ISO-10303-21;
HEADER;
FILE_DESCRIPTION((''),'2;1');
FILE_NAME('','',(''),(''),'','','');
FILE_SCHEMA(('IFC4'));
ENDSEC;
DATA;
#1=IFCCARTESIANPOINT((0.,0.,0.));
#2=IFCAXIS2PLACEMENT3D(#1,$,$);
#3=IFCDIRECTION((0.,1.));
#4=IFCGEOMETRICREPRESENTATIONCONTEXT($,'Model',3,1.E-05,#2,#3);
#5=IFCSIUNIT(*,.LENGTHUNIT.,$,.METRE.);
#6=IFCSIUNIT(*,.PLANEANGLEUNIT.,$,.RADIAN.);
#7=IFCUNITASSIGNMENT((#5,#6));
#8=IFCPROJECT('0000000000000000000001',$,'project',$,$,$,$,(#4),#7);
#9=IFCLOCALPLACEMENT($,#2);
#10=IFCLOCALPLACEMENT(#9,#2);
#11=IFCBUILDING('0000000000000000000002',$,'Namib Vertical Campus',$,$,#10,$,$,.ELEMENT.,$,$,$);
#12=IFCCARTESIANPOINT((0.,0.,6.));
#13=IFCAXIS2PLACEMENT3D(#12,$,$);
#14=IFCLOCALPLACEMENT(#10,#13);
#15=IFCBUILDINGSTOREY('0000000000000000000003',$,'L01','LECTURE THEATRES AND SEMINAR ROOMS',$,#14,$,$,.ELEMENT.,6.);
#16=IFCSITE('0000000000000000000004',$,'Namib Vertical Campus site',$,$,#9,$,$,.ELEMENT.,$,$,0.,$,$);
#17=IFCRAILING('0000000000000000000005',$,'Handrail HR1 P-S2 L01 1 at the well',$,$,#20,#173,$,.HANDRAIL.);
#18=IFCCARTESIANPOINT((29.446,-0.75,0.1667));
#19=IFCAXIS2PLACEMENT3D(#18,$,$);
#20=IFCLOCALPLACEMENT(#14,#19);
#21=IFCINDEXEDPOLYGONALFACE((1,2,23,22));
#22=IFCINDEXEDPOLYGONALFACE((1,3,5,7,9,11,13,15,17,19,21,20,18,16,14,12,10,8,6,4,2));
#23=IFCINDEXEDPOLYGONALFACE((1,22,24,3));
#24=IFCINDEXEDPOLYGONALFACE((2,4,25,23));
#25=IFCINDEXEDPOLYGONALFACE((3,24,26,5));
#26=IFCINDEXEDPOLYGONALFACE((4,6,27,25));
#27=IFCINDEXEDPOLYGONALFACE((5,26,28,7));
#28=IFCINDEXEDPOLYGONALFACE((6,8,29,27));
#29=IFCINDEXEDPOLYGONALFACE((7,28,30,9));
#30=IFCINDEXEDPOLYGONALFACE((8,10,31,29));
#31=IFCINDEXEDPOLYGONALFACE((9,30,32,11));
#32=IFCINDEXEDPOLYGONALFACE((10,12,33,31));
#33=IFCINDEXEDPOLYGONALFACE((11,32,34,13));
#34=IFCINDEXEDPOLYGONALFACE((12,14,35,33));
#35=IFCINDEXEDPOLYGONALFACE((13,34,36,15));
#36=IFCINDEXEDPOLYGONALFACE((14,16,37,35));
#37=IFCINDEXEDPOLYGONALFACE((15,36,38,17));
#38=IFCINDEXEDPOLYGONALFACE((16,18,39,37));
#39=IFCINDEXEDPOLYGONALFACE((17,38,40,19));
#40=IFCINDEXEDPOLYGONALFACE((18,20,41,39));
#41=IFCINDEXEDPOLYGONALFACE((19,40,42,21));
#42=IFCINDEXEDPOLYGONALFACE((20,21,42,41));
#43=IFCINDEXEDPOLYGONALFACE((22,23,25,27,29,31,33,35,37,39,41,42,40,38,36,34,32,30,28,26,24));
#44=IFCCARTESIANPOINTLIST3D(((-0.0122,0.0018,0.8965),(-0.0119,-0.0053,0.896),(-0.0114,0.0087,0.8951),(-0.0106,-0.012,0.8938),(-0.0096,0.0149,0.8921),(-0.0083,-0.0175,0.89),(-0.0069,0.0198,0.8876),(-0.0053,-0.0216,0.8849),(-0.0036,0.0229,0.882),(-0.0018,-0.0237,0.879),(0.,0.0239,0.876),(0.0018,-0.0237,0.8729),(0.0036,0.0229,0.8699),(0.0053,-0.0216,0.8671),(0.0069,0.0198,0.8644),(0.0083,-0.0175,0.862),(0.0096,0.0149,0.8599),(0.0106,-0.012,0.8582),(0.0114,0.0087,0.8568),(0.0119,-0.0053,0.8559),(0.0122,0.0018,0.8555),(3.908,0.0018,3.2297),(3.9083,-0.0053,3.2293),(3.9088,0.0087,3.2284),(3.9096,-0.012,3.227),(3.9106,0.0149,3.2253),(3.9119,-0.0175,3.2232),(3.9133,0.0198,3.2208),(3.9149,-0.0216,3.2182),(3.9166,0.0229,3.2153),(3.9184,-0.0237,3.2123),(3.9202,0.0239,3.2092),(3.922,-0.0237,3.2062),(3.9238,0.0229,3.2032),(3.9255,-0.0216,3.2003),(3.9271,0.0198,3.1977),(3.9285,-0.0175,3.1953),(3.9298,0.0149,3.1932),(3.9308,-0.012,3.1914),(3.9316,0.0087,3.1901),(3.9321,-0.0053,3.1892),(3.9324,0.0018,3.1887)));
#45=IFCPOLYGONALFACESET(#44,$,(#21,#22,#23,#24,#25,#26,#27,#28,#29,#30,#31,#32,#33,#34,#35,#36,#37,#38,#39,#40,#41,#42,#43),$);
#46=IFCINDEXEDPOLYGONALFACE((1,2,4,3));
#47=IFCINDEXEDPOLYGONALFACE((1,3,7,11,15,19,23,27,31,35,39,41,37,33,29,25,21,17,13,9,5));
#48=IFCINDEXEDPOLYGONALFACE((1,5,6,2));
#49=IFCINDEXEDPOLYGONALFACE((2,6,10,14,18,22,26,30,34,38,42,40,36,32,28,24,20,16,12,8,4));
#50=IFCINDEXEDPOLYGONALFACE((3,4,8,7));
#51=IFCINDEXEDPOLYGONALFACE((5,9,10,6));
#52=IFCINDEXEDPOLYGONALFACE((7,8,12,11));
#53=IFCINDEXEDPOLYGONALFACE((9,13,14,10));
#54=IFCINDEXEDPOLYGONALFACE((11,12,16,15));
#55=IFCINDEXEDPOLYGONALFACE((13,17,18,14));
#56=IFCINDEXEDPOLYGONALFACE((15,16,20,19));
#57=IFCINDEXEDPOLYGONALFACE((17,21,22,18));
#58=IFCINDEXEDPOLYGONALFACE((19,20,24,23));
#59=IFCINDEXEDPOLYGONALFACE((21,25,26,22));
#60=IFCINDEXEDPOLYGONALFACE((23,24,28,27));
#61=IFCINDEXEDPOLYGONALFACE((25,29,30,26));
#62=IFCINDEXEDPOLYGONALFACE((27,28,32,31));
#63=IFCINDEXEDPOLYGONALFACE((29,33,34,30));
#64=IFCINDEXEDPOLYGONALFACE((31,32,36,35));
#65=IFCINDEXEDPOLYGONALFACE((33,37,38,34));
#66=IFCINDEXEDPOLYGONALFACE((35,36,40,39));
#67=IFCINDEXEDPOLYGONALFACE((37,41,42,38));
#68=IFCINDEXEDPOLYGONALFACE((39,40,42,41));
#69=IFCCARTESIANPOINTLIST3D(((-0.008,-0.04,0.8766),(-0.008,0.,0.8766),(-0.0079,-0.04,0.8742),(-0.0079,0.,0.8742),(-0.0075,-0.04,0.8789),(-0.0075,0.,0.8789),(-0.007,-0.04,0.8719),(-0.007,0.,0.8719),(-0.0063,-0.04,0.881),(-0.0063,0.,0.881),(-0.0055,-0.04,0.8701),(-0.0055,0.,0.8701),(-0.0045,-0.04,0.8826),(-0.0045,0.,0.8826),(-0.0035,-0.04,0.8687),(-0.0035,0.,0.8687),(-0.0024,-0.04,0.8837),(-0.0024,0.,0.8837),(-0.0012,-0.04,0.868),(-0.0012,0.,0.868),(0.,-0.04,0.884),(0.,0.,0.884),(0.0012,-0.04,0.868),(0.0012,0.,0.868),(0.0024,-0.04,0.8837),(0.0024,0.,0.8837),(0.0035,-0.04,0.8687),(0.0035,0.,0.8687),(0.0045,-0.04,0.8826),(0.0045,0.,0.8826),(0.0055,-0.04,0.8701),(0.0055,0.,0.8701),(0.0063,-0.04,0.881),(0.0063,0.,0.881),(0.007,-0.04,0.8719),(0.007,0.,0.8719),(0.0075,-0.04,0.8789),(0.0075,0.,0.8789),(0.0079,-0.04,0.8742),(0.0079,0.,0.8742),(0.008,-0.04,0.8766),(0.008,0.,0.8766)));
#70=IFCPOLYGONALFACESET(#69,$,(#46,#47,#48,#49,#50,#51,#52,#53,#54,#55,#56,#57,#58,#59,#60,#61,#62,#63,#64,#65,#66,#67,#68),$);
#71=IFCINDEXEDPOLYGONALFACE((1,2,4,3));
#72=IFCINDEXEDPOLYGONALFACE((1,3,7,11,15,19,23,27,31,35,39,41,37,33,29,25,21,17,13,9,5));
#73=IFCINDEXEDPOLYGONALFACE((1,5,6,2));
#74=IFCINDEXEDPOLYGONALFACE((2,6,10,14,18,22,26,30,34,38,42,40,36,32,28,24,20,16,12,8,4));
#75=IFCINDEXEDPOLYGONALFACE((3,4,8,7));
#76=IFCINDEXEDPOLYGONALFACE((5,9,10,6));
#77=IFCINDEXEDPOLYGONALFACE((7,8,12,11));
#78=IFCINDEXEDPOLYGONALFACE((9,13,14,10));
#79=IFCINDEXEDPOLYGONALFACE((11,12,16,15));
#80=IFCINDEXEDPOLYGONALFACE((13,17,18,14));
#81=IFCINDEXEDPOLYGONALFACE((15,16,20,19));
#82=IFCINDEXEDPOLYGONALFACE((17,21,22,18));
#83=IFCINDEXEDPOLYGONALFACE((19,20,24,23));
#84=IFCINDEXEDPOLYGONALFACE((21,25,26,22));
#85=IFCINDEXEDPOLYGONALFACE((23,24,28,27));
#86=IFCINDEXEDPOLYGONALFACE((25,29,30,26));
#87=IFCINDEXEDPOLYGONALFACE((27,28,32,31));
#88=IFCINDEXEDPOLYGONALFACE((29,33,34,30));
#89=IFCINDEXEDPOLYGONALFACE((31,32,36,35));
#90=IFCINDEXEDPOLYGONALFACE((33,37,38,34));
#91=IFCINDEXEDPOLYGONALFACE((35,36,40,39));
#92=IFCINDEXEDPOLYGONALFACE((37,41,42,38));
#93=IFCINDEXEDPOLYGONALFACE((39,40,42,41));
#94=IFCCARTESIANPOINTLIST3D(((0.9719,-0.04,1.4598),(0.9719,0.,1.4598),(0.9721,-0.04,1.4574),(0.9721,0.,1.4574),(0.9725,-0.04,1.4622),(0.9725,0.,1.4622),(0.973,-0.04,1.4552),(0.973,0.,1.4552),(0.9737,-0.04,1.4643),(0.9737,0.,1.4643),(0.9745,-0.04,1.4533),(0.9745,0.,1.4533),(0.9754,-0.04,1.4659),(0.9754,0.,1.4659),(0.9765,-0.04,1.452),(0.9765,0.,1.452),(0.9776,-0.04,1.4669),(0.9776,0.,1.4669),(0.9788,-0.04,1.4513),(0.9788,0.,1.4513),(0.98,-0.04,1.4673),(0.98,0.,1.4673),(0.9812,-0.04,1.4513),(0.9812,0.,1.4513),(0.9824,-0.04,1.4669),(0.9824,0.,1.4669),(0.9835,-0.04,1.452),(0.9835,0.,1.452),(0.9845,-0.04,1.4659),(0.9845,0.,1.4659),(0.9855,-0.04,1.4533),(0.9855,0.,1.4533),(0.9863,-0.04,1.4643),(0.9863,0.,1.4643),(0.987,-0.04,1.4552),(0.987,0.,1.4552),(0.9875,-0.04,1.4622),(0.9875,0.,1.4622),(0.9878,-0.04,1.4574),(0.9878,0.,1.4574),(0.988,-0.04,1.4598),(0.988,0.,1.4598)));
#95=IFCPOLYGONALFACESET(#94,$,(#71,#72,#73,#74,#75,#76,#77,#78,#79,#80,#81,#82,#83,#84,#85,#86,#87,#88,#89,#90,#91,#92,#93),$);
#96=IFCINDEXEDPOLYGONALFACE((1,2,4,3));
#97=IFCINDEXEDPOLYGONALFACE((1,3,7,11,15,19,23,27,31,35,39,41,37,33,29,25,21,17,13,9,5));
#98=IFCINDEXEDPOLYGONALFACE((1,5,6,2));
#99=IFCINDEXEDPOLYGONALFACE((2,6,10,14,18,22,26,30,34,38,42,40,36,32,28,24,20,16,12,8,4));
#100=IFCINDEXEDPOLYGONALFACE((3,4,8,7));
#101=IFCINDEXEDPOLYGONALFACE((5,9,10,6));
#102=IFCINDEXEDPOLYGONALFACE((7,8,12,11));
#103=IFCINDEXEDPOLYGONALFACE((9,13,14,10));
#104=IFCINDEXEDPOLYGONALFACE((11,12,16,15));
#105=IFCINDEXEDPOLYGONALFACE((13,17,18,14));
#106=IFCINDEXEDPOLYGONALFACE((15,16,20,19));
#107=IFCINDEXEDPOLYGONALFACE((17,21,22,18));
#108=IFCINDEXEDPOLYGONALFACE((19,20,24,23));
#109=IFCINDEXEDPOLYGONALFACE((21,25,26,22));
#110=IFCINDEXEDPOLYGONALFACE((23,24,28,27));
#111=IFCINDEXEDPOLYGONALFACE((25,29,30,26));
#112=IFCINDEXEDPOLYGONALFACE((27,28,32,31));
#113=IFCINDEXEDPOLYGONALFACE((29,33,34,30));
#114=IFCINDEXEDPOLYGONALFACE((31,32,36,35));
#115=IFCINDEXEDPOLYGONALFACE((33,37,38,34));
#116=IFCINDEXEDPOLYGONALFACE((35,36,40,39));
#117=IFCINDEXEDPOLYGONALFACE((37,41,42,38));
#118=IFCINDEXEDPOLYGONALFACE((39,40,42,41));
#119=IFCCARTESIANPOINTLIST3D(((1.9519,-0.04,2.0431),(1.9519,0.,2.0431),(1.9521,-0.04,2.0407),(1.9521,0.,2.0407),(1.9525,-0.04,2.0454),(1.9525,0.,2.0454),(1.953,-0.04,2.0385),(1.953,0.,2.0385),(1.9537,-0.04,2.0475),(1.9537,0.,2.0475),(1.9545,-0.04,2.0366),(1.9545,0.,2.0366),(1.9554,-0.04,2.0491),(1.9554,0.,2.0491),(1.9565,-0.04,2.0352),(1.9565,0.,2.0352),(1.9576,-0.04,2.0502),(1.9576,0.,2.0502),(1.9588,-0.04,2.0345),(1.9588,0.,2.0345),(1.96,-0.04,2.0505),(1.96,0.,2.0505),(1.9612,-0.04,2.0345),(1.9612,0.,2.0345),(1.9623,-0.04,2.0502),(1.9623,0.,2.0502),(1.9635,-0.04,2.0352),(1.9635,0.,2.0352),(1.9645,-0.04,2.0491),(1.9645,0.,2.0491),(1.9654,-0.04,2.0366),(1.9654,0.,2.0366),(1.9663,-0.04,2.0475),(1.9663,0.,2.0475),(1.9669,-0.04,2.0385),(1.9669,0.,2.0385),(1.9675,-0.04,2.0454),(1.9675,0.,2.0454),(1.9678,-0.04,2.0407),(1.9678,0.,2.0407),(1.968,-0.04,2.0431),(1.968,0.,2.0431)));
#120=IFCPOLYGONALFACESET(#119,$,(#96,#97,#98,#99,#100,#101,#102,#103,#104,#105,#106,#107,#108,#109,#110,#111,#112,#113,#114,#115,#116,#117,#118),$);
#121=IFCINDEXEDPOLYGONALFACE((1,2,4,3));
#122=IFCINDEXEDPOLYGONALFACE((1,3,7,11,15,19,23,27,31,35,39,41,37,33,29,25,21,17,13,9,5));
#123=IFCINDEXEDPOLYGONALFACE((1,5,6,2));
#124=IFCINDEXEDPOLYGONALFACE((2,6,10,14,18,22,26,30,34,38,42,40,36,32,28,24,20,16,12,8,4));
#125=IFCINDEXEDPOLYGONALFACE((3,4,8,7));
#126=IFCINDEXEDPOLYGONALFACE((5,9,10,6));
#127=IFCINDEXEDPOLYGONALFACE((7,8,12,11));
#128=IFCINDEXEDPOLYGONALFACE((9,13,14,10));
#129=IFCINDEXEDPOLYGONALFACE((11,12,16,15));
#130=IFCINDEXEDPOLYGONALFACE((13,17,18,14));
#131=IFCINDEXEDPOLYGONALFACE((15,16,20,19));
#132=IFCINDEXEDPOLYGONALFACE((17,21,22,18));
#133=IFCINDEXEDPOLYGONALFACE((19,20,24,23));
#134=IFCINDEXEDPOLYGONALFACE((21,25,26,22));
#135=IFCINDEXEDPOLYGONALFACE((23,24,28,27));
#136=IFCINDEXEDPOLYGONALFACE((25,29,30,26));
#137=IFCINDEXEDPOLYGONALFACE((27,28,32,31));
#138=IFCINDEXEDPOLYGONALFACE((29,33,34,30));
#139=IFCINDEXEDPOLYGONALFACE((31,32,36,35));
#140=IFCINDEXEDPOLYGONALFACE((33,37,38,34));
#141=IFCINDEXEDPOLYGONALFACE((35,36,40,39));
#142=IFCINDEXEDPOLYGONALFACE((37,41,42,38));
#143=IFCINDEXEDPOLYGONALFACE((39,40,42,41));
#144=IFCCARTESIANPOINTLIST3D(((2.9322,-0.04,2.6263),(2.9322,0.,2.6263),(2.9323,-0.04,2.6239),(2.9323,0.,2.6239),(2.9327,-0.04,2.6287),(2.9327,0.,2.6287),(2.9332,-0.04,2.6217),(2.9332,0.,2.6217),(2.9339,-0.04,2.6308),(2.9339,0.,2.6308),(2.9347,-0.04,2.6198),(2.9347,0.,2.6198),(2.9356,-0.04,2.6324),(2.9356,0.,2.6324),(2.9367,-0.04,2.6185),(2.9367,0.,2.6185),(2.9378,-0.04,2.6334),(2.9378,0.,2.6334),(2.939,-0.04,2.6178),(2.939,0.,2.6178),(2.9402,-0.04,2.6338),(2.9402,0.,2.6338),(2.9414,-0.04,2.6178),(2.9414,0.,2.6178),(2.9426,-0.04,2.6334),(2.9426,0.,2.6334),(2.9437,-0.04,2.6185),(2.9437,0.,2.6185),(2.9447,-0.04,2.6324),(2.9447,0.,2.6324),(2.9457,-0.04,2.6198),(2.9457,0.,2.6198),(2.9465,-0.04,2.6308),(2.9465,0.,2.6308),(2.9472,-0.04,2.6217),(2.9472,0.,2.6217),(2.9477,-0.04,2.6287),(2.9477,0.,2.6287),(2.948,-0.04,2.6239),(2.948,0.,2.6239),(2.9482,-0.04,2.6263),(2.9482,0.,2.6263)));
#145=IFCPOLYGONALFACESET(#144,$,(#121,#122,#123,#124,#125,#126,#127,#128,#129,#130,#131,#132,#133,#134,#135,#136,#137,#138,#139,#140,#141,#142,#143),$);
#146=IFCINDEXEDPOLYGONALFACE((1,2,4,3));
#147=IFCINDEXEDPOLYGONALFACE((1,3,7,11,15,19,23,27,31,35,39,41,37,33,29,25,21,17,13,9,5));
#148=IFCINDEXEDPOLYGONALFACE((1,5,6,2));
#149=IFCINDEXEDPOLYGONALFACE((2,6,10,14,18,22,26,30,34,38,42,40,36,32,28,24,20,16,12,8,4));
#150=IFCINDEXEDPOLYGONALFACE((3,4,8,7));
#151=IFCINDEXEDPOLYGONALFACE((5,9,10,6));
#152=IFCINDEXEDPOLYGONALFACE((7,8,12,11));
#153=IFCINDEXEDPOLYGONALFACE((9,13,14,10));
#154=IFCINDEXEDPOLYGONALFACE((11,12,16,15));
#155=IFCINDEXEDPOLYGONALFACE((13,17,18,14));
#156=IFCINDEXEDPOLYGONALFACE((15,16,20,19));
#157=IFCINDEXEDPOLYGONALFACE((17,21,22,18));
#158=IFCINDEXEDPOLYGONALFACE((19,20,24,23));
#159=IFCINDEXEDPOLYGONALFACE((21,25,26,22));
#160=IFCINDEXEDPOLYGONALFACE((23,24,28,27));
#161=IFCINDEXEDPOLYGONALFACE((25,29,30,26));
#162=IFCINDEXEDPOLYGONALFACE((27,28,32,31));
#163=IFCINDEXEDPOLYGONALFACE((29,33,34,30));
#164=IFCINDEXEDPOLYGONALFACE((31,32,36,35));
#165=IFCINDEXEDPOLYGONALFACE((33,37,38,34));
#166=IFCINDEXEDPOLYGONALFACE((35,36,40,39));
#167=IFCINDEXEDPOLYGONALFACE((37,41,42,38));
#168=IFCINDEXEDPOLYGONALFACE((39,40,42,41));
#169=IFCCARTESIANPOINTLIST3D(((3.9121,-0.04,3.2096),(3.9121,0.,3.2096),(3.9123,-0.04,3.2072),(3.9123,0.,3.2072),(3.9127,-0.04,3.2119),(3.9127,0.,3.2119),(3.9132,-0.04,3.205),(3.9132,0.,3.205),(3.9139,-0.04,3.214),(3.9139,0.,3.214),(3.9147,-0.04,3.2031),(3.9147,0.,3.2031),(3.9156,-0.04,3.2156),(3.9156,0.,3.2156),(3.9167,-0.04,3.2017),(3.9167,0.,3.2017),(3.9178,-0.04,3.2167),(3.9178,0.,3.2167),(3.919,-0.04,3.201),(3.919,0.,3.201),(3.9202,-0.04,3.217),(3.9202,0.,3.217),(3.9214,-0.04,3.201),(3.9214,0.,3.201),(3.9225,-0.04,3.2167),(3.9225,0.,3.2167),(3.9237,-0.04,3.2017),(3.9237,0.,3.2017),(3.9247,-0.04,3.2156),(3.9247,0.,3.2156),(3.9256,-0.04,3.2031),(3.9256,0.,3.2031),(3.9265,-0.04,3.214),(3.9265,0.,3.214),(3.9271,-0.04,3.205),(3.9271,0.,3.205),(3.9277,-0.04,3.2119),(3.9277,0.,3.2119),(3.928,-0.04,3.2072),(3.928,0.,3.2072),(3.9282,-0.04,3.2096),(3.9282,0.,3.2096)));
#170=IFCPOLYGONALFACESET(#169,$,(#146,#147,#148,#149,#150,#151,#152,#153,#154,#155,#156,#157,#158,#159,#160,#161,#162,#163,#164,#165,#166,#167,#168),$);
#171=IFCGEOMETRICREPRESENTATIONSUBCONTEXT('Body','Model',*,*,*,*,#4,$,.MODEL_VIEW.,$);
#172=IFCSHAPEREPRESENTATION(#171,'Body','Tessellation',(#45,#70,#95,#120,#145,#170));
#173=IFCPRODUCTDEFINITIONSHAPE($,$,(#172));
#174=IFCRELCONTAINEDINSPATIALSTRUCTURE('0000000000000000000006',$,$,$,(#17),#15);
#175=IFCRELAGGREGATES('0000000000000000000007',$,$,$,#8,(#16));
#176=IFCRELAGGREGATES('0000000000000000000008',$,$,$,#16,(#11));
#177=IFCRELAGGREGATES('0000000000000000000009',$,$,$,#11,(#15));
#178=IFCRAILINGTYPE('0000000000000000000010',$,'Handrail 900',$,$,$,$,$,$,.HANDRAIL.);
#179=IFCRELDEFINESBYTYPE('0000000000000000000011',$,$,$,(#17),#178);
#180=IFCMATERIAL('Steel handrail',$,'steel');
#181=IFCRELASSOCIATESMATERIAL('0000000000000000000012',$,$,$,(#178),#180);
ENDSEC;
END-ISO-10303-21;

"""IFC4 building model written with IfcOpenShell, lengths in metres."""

from ifc_helpers import new_model, si_unit, direction, frame, origin, origin_2d, place, context, subcontext, project, spatial, circle, extrude, material, type_object, element, save


model = new_model("IFC4")

# Units and contexts
model_context = context("Model", 3, precision=1e-05, world=origin(), true_north=direction((0.0, 1.0)))
body_context = subcontext(model_context, "Body", "Model", "MODEL_VIEW")
ifc_project = project(units=[si_unit("LENGTHUNIT", "METRE"), si_unit("PLANEANGLEUNIT", "RADIAN")], contexts=[model_context])

# Site, building, storey
site_placement = place(None, origin())
site = spatial("IfcSite", under=ifc_project, at=site_placement, Name="Namib Vertical Campus site", CompositionType="ELEMENT", RefElevation=0.0)
building_placement = place(site_placement, origin())
building = spatial("IfcBuilding", under=site, at=building_placement, Name="Namib Vertical Campus", CompositionType="ELEMENT")
storey_placement = place(building_placement, frame((0.0, 0.0, 6.0)))
storey = spatial("IfcBuildingStorey", under=building, at=storey_placement, Name="L01", Description="LECTURE THEATRES AND SEMINAR ROOMS", CompositionType="ELEMENT", Elevation=6.0)

# Railing
ifc_material_1 = material(Name="Steel handrail", Category="steel")
railing_type_1 = type_object("IfcRailingType", Name="Handrail 900", PredefinedType="HANDRAIL", material=ifc_material_1)
railing_1_placement = place(storey_placement, frame((29.446, -0.75, 0.1667)))
element("IfcRailing", 1, at=railing_1_placement, inside=storey, type_object=railing_type_1, Name="Handrail HR1 P-S2 L01 1 at the well", PredefinedType="HANDRAIL", context=body_context, shape_type="SweptSolid", body=[
    extrude(circle(Radius=0.0239, at=origin_2d()), frame((0.0, 0.0, 0.876), z_axis=(0.85931, 0.0, 0.511455), x_axis=(0.0, 1.0, 0.0)), (0.0, 0.0, 1.0), 4.562),
    extrude(circle(Radius=0.0081, at=origin_2d()), frame((0.0, 0.0, 0.876), z_axis=(0.0, -1.0, 0.0), x_axis=(0.0, 0.0, 1.0)), (0.0, 0.0, 1.0), 0.04),
    extrude(circle(Radius=0.0081, at=origin_2d()), frame((0.98, 0.0, 1.4592), z_axis=(0.0, -1.0, 0.0), x_axis=(0.0, 0.0, 1.0)), (0.0, 0.0, 1.0), 0.04),
    extrude(circle(Radius=0.0081, at=origin_2d()), frame((1.96, 0.0, 2.0425), z_axis=(0.0, -1.0, 0.0), x_axis=(0.0, 0.0, 1.0)), (0.0, 0.0, 1.0), 0.04),
    extrude(circle(Radius=0.0081, at=origin_2d()), frame((2.9402, 0.0, 2.6257), z_axis=(0.0, -1.0, 0.0), x_axis=(0.0, 0.0, 1.0)), (0.0, 0.0, 1.0), 0.04),
    extrude(circle(Radius=0.0081, at=origin_2d()), frame((3.9202, 0.0, 3.209), z_axis=(0.0, -1.0, 0.0), x_axis=(0.0, 0.0, 1.0)), (0.0, 0.0, 1.0), 0.04),
])

save(model, "model.ifc")
